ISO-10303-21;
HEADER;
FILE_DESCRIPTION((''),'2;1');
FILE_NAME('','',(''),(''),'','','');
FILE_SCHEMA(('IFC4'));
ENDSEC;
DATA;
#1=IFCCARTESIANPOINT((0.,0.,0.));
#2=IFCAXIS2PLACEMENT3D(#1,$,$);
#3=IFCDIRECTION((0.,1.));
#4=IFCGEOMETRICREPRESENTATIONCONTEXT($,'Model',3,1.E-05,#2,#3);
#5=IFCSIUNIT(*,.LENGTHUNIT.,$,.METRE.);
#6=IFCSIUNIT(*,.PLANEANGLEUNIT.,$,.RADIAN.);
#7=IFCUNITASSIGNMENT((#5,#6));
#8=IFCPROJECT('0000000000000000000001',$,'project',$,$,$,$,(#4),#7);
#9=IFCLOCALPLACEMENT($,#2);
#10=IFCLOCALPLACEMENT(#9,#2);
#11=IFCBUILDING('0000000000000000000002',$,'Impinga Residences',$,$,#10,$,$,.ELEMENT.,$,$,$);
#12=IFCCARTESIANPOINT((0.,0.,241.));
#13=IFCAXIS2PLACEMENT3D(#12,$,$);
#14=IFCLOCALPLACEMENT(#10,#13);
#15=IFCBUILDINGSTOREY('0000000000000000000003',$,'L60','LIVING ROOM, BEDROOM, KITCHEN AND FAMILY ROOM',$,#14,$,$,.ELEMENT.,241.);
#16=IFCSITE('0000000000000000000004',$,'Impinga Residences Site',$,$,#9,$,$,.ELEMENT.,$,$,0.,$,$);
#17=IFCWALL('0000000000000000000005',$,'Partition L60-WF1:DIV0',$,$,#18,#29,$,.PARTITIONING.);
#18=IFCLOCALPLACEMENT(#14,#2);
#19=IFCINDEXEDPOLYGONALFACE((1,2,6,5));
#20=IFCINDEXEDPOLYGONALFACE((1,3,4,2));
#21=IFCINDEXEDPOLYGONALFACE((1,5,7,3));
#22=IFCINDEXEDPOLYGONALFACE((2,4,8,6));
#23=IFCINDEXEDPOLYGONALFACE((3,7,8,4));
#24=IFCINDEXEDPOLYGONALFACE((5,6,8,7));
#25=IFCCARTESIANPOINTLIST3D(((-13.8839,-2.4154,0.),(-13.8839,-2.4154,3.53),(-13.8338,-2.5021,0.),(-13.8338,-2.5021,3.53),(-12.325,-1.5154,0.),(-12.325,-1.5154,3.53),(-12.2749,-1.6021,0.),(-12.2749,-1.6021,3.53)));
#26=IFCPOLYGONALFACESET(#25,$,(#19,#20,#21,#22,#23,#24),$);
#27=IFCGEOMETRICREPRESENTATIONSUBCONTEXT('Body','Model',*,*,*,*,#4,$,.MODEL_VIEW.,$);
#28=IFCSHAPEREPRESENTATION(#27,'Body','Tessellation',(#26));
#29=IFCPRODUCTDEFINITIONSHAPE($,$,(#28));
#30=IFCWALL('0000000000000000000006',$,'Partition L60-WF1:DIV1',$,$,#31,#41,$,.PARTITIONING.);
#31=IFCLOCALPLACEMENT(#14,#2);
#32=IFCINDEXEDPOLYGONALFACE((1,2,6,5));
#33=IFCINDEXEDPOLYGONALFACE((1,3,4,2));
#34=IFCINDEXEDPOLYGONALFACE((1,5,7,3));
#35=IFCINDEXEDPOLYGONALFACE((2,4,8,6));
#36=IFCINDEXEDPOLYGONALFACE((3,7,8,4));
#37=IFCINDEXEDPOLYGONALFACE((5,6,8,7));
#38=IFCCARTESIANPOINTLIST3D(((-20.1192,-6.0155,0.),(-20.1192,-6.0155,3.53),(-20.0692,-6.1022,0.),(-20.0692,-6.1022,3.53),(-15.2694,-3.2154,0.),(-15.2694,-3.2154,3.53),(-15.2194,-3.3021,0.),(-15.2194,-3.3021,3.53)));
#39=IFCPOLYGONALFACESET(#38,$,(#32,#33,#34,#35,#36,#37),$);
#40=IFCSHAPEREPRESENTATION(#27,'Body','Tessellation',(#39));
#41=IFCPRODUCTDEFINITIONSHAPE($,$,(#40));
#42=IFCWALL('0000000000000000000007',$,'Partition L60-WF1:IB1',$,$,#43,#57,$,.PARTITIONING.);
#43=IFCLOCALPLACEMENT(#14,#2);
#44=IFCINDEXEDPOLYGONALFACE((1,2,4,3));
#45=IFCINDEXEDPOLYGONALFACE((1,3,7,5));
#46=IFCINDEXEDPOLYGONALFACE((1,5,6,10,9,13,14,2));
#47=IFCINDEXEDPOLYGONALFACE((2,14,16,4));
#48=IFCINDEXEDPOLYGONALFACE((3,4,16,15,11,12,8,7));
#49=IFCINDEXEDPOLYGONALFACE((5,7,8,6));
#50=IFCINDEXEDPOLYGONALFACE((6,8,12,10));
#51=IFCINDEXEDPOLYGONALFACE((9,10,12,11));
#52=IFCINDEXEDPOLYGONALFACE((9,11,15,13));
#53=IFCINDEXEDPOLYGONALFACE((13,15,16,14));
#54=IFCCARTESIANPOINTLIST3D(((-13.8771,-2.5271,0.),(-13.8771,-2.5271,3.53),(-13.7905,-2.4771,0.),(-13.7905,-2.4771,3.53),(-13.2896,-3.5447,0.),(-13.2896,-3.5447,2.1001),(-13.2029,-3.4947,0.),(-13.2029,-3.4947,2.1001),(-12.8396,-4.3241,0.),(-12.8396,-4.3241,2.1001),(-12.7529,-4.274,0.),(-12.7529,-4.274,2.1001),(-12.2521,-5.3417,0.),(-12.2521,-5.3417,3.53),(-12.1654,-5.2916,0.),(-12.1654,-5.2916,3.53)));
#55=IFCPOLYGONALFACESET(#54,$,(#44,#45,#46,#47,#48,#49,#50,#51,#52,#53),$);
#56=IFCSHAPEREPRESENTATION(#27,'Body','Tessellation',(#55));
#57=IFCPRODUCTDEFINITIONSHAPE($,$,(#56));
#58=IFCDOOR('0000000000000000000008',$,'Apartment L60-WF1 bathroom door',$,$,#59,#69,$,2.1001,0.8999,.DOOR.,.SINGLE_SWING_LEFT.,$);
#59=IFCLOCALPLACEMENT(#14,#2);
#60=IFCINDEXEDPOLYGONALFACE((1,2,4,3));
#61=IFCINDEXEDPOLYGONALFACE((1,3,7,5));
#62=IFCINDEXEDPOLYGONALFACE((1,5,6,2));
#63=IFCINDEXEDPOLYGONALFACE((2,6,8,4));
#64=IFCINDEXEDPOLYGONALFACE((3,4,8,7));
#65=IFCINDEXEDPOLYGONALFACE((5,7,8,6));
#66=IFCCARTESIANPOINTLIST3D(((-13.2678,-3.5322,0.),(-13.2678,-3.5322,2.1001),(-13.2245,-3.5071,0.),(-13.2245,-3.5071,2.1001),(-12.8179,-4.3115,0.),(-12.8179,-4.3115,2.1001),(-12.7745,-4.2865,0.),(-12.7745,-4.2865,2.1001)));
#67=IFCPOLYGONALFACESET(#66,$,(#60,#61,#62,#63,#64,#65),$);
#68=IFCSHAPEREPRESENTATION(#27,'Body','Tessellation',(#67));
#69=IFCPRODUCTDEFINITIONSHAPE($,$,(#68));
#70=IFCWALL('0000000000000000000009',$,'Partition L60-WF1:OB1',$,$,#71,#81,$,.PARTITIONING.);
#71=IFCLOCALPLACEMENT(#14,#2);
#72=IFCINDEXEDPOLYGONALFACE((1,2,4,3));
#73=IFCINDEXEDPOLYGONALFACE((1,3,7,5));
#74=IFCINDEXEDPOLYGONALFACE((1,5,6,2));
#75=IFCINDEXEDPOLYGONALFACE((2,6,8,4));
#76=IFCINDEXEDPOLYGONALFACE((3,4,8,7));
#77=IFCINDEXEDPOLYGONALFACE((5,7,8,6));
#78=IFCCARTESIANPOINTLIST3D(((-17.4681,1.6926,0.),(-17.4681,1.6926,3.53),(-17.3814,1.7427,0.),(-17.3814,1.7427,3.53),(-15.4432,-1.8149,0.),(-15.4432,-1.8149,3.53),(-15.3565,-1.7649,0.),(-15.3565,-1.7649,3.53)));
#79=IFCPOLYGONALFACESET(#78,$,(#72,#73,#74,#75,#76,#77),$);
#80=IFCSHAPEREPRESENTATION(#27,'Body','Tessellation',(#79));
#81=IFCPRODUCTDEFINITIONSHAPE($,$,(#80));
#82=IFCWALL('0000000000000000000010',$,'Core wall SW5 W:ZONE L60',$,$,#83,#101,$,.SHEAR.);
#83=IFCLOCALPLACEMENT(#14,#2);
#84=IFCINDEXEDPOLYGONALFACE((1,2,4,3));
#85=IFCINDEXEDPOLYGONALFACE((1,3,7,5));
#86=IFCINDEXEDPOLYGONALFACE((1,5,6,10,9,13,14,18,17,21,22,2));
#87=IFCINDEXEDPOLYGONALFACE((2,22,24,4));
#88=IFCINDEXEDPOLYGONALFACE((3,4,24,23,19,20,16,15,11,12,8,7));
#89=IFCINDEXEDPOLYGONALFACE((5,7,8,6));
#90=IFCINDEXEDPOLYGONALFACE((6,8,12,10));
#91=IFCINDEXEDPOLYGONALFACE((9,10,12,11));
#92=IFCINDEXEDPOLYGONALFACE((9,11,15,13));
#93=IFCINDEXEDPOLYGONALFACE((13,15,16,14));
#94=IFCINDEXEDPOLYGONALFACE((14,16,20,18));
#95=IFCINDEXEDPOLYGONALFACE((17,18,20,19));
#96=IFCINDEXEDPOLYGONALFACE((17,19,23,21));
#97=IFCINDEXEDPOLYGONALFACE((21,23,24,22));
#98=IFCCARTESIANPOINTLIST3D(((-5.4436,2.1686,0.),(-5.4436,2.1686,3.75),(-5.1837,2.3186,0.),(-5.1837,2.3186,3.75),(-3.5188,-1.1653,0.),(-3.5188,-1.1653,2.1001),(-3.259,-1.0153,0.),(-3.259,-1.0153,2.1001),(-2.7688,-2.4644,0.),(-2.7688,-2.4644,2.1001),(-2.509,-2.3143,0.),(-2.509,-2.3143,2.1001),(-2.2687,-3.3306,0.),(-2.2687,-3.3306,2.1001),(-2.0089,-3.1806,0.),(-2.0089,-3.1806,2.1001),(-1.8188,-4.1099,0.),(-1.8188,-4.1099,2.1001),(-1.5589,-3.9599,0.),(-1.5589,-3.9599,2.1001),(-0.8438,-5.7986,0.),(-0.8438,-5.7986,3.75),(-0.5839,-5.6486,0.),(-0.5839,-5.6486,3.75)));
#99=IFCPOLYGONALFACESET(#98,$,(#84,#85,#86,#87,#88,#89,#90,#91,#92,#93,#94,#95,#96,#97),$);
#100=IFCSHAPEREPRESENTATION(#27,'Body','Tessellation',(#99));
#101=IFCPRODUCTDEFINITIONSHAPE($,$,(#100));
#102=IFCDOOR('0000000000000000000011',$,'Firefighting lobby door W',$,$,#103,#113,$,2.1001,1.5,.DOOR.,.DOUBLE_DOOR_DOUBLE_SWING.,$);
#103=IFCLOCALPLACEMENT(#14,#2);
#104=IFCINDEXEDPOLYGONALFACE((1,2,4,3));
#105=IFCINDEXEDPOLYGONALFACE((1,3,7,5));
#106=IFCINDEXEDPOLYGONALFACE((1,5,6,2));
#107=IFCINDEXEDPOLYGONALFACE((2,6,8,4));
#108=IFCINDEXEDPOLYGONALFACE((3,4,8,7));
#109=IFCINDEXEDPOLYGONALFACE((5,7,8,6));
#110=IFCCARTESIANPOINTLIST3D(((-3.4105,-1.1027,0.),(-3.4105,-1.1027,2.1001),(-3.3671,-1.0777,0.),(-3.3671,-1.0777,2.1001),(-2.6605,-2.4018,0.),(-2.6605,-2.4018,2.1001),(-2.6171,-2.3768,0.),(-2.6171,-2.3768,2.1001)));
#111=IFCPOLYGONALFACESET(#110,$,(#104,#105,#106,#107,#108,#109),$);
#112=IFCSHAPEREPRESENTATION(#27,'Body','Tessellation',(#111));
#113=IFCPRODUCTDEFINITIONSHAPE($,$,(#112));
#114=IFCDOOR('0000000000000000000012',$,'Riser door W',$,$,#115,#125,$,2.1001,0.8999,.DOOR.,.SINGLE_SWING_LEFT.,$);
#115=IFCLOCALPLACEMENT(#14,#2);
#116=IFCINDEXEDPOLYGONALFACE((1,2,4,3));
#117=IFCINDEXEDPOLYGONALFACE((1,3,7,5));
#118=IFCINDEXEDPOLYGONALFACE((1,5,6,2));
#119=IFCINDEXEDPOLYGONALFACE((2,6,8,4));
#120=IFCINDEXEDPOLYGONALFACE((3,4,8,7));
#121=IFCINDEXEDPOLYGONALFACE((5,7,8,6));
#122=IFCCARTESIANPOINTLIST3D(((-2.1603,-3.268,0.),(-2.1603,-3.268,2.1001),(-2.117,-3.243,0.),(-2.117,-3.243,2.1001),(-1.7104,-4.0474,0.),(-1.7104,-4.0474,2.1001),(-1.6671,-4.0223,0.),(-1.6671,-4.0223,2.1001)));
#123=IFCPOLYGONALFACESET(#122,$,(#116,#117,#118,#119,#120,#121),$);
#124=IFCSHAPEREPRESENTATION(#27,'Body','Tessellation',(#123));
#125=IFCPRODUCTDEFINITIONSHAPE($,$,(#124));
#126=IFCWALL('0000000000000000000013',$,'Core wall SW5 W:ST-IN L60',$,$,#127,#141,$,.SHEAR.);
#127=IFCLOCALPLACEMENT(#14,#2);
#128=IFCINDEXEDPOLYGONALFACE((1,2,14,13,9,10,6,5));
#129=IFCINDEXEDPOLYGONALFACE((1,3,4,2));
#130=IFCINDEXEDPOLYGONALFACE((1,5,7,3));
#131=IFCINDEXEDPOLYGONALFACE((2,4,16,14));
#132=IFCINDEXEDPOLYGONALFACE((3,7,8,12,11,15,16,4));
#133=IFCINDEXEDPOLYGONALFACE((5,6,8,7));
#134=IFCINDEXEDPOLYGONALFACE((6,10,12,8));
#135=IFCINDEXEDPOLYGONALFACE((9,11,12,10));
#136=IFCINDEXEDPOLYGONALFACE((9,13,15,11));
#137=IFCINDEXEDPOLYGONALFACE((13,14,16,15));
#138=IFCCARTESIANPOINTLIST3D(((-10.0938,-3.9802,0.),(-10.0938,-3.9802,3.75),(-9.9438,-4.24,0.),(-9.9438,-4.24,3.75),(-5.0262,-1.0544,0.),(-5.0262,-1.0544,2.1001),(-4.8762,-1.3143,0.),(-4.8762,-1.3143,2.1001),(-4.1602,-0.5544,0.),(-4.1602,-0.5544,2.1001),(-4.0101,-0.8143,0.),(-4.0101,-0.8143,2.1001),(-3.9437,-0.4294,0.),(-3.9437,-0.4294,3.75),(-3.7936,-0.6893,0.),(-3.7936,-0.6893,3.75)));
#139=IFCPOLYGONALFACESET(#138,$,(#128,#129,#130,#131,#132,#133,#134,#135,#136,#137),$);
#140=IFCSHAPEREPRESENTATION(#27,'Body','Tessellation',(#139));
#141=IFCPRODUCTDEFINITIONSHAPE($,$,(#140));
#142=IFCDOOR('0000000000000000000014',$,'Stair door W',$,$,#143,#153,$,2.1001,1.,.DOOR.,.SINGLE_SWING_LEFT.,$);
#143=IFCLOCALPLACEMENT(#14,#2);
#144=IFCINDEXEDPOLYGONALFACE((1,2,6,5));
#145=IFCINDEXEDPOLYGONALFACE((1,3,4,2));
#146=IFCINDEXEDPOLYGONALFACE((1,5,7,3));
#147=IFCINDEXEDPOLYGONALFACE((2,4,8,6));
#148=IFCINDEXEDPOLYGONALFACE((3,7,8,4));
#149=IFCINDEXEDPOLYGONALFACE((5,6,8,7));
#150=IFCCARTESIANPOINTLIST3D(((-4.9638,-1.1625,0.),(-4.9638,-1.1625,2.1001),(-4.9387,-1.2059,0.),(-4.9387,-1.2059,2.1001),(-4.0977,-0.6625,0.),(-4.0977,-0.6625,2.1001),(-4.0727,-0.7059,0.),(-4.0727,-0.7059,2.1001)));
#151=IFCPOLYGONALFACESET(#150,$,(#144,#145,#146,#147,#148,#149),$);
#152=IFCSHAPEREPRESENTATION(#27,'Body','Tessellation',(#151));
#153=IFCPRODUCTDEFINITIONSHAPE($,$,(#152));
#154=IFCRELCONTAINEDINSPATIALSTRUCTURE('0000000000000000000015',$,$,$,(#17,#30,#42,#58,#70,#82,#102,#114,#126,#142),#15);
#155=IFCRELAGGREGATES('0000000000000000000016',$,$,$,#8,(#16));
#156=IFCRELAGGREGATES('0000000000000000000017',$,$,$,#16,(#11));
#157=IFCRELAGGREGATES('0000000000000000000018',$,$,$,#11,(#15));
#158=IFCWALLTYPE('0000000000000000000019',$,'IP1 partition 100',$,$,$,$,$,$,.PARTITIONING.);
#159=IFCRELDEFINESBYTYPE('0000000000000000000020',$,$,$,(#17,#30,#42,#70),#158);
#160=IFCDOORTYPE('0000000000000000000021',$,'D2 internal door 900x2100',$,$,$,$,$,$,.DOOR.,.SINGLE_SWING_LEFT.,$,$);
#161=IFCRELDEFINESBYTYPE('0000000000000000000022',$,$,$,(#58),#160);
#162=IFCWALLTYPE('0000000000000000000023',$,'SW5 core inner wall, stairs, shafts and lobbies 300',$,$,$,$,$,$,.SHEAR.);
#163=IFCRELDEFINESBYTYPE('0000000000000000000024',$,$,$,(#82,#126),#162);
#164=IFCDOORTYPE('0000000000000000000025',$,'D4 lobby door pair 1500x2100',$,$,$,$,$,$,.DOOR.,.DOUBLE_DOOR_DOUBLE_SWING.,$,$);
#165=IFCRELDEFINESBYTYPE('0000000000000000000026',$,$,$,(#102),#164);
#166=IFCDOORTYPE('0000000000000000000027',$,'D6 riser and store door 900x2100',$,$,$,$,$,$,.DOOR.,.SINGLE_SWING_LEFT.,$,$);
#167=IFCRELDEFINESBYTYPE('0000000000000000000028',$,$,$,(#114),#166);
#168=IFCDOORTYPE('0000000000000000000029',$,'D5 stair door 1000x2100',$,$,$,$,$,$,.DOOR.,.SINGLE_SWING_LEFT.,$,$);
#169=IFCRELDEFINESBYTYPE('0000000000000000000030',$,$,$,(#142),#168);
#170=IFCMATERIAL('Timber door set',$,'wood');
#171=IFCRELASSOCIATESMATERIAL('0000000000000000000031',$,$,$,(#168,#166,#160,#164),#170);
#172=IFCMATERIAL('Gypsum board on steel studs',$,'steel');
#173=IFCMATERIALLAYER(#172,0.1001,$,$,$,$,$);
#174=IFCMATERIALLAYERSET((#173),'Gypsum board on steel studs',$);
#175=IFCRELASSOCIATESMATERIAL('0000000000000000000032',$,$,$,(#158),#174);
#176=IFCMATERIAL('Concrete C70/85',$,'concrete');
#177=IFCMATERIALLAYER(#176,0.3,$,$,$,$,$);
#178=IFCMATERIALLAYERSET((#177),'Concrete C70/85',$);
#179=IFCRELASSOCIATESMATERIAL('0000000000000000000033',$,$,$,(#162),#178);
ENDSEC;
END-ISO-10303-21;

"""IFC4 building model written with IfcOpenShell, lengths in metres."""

from ifc_helpers import new_model, si_unit, direction, frame, frame_2d, origin, place, context, subcontext, project, spatial, rectangle, extrude, material, layer, layer_set, type_object, element, fill, save


model = new_model("IFC4")

# Units and contexts
model_context = context("Model", 3, precision=1e-05, world=origin(), true_north=direction((0.0, 1.0)))
body_context = subcontext(model_context, "Body", "Model", "MODEL_VIEW")
ifc_project = project(units=[si_unit("LENGTHUNIT", "METRE"), si_unit("PLANEANGLEUNIT", "RADIAN")], contexts=[model_context])

# Site, building, storey
site_placement = place(None, origin())
site = spatial("IfcSite", under=ifc_project, at=site_placement, Name="Impinga Residences Site", CompositionType="ELEMENT", RefElevation=0.0)
building_placement = place(site_placement, origin())
building = spatial("IfcBuilding", under=site, at=building_placement, Name="Impinga Residences", CompositionType="ELEMENT")
storey_placement = place(building_placement, frame((0.0, 0.0, 241.0)))
storey = spatial("IfcBuildingStorey", under=building, at=storey_placement, Name="L60", Description="LIVING ROOM, BEDROOM, KITCHEN AND FAMILY ROOM", CompositionType="ELEMENT", Elevation=241.0)

# Shared definitions
ifc_material_1 = material(Name="Timber door set", Category="wood")

# Shared definitions
door_type_1 = type_object("IfcDoorType", Name="D5 stair door 1000x2100", OperationType="SINGLE_SWING_LEFT", PredefinedType="DOOR", material=ifc_material_1)

# Shared definitions
door_type_2 = type_object("IfcDoorType", Name="D6 riser and store door 900x2100", OperationType="SINGLE_SWING_LEFT", PredefinedType="DOOR", material=ifc_material_1)

# Shared definitions
ifc_material_2 = material(Name="Gypsum board on steel studs", Category="steel")
ifc_layer_1 = layer(ifc_material_2, 0.1001)
ifc_layer_set_1 = layer_set([ifc_layer_1], Name="Gypsum board on steel studs")
wall_type_1 = type_object("IfcWallType", Name="IP1 partition 100", PredefinedType="PARTITIONING", material=ifc_layer_set_1)

# Shared definitions
door_type_3 = type_object("IfcDoorType", Name="D2 internal door 900x2100", OperationType="SINGLE_SWING_LEFT", PredefinedType="DOOR", material=ifc_material_1)

# Walls
wall_1_placement = place(storey_placement, frame((-12.3, -1.5588, 0.0), z_axis=(0.0, 0.0, 1.0), x_axis=(-0.866048, -0.499961, 0.0)))
element("IfcWall", 1, at=wall_1_placement, inside=storey, type_object=wall_type_1, Name="Partition L60-WF1:DIV0", PredefinedType="PARTITIONING", context=body_context, shape_type="SweptSolid", body=[
    extrude(rectangle(XDim=1.8, YDim=0.1001, at=frame_2d((0.8999, 0.0))), origin(), (0.0, 0.0, 1.0), 3.53),
])
wall_2_placement = place(storey_placement, frame((-15.2444, -3.2588, 0.0), z_axis=(0.0, 0.0, 1.0), x_axis=(-0.866027, -0.499998, 0.0)))
element("IfcWall", 2, at=wall_2_placement, inside=storey, type_object=wall_type_1, Name="Partition L60-WF1:DIV1", PredefinedType="PARTITIONING", context=body_context, shape_type="SweptSolid", body=[
    extrude(rectangle(XDim=5.6001, YDim=0.1001, at=frame_2d((2.8, 0.0))), origin(), (0.0, 0.0, 1.0), 3.53),
])

# Wall, opening, door
wall_3_placement = place(storey_placement, frame((-12.2087, -5.3167, 0.0), z_axis=(0.0, 0.0, 1.0), x_axis=(-0.500017, 0.866015, 0.0)))
wall_3 = element("IfcWall", 3, at=wall_3_placement, inside=storey, type_object=wall_type_1, Name="Partition L60-WF1:IB1", PredefinedType="PARTITIONING", context=body_context, shape_type="SweptSolid", body=[
    extrude(rectangle(XDim=3.25, YDim=0.1001, at=frame_2d((1.625, 0.0))), origin(), (0.0, 0.0, 1.0), 3.53),
])
opening_1_placement = place(wall_3_placement, frame((1.175, 0.0, 0.0)))
opening_1 = element("IfcOpeningElement", 4, at=opening_1_placement, cuts=wall_3, PredefinedType="OPENING", context=body_context, shape_type="SweptSolid", body=[
    extrude(rectangle(XDim=0.8999, YDim=2.1001, at=frame_2d((0.45, 1.05))), frame((0.0, 0.0601, 0.0), z_axis=(0.0, -1.0, 0.0), x_axis=(1.0, 0.0, 0.0)), (0.0, 0.0, 1.0), 0.1201),
])
door_1_placement = place(opening_1_placement, origin())
door_1 = element("IfcDoor", 5, at=door_1_placement, inside=storey, type_object=door_type_3, Name="Apartment L60-WF1 bathroom door", OperationType="SINGLE_SWING_LEFT", OverallHeight=2.1001, OverallWidth=0.8999, PredefinedType="DOOR", context=body_context, shape_type="SweptSolid", body=[
    extrude(rectangle(XDim=0.8999, YDim=2.1001, at=frame_2d((0.45, 1.05))), frame((0.0, 0.0249, 0.0), z_axis=(0.0, -1.0, 0.0), x_axis=(1.0, 0.0, 0.0)), (0.0, 0.0, 1.0), 0.05),
])
fill(opening_1, door_1)

# Wall
wall_4_placement = place(storey_placement, frame((-15.3999, -1.7898, 0.0), z_axis=(0.0, 0.0, 1.0), x_axis=(-0.499964, 0.866046, 0.0)))
element("IfcWall", 6, at=wall_4_placement, inside=storey, type_object=wall_type_1, Name="Partition L60-WF1:OB1", PredefinedType="PARTITIONING", context=body_context, shape_type="SweptSolid", body=[
    extrude(rectangle(XDim=4.05, YDim=0.1001, at=frame_2d((2.0249, 0.0))), origin(), (0.0, 0.0, 1.0), 3.53),
])

# Wall, openings, doors
ifc_material_3 = material(Name="Concrete C70/85", Category="concrete")
ifc_layer_2 = layer(ifc_material_3, 0.3)
ifc_layer_set_2 = layer_set([ifc_layer_2], Name="Concrete C70/85")
wall_type_2 = type_object("IfcWallType", Name="SW5 core inner wall, stairs, shafts and lobbies 300", PredefinedType="SHEAR", material=ifc_layer_set_2)
wall_5_placement = place(storey_placement, frame((-0.7139, -5.7236, 0.0), z_axis=(0.0, 0.0, 1.0), x_axis=(-0.499995, 0.866028, 0.0)))
wall_5 = element("IfcWall", 7, at=wall_5_placement, inside=storey, type_object=wall_type_2, Name="Core wall SW5 W:ZONE L60", PredefinedType="SHEAR", context=body_context, shape_type="SweptSolid", body=[
    extrude(rectangle(XDim=9.1997, YDim=0.3, at=frame_2d((4.5999, 0.0))), origin(), (0.0, 0.0, 1.0), 3.75),
])
opening_2_placement = place(wall_5_placement, frame((3.8501, 0.0, 0.0)))
opening_2 = element("IfcOpeningElement", 8, at=opening_2_placement, cuts=wall_5, PredefinedType="OPENING", context=body_context, shape_type="SweptSolid", body=[
    extrude(rectangle(XDim=1.5, YDim=2.1001, at=frame_2d((0.75, 1.05))), frame((0.0, 0.1599, 0.0), z_axis=(0.0, -1.0, 0.0), x_axis=(1.0, 0.0, 0.0)), (0.0, 0.0, 1.0), 0.3201),
])
opening_3_placement = place(wall_5_placement, frame((1.95, 0.0, 0.0)))
opening_3 = element("IfcOpeningElement", 9, at=opening_3_placement, cuts=wall_5, PredefinedType="OPENING", context=body_context, shape_type="SweptSolid", body=[
    extrude(rectangle(XDim=0.8999, YDim=2.1001, at=frame_2d((0.45, 1.05))), frame((0.0, 0.1599, 0.0), z_axis=(0.0, -1.0, 0.0), x_axis=(1.0, 0.0, 0.0)), (0.0, 0.0, 1.0), 0.3201),
])
door_type_4 = type_object("IfcDoorType", Name="D4 lobby door pair 1500x2100", OperationType="DOUBLE_DOOR_DOUBLE_SWING", PredefinedType="DOOR", material=ifc_material_1)
door_2_placement = place(opening_2_placement, origin())
door_2 = element("IfcDoor", 10, at=door_2_placement, inside=storey, type_object=door_type_4, Name="Firefighting lobby door W", OperationType="DOUBLE_DOOR_DOUBLE_SWING", OverallHeight=2.1001, OverallWidth=1.5, PredefinedType="DOOR", context=body_context, shape_type="SweptSolid", body=[
    extrude(rectangle(XDim=1.5, YDim=2.1001, at=frame_2d((0.75, 1.05))), frame((0.0, 0.0249, 0.0), z_axis=(0.0, -1.0, 0.0), x_axis=(1.0, 0.0, 0.0)), (0.0, 0.0, 1.0), 0.05),
])
fill(opening_2, door_2)
door_3_placement = place(opening_3_placement, origin())
door_3 = element("IfcDoor", 11, at=door_3_placement, inside=storey, type_object=door_type_2, Name="Riser door W", OperationType="SINGLE_SWING_LEFT", OverallHeight=2.1001, OverallWidth=0.8999, PredefinedType="DOOR", context=body_context, shape_type="SweptSolid", body=[
    extrude(rectangle(XDim=0.8999, YDim=2.1001, at=frame_2d((0.45, 1.05))), frame((0.0, 0.0249, 0.0), z_axis=(0.0, -1.0, 0.0), x_axis=(1.0, 0.0, 0.0)), (0.0, 0.0, 1.0), 0.05),
])
fill(opening_3, door_3)

# Wall, opening, door
wall_6_placement = place(storey_placement, frame((-3.8687, -0.5593, 0.0), z_axis=(0.0, 0.0, 1.0), x_axis=(-0.866026, -0.499999, 0.0)))
wall_6 = element("IfcWall", 12, at=wall_6_placement, inside=storey, type_object=wall_type_2, Name="Core wall SW5 W:ST-IN L60", PredefinedType="SHEAR", context=body_context, shape_type="SweptSolid", body=[
    extrude(rectangle(XDim=7.1016, YDim=0.3, at=frame_2d((3.5508, 0.0))), origin(), (0.0, 0.0, 1.0), 3.75),
])
opening_4_placement = place(wall_6_placement, frame((0.25, 0.0, 0.0)))
opening_4 = element("IfcOpeningElement", 13, at=opening_4_placement, cuts=wall_6, PredefinedType="OPENING", context=body_context, shape_type="SweptSolid", body=[
    extrude(rectangle(XDim=1.0, YDim=2.1001, at=frame_2d((0.5, 1.05))), frame((0.0, 0.1599, 0.0), z_axis=(0.0, -1.0, 0.0), x_axis=(1.0, 0.0, 0.0)), (0.0, 0.0, 1.0), 0.3201),
])
door_4_placement = place(opening_4_placement, origin())
door_4 = element("IfcDoor", 14, at=door_4_placement, inside=storey, type_object=door_type_1, Name="Stair door W", OperationType="SINGLE_SWING_LEFT", OverallHeight=2.1001, OverallWidth=1.0, PredefinedType="DOOR", context=body_context, shape_type="SweptSolid", body=[
    extrude(rectangle(XDim=1.0, YDim=2.1001, at=frame_2d((0.5, 1.05))), frame((0.0, 0.0249, 0.0), z_axis=(0.0, -1.0, 0.0), x_axis=(1.0, 0.0, 0.0)), (0.0, 0.0, 1.0), 0.05),
])
fill(opening_4, door_4)

save(model, "model.ifc")
